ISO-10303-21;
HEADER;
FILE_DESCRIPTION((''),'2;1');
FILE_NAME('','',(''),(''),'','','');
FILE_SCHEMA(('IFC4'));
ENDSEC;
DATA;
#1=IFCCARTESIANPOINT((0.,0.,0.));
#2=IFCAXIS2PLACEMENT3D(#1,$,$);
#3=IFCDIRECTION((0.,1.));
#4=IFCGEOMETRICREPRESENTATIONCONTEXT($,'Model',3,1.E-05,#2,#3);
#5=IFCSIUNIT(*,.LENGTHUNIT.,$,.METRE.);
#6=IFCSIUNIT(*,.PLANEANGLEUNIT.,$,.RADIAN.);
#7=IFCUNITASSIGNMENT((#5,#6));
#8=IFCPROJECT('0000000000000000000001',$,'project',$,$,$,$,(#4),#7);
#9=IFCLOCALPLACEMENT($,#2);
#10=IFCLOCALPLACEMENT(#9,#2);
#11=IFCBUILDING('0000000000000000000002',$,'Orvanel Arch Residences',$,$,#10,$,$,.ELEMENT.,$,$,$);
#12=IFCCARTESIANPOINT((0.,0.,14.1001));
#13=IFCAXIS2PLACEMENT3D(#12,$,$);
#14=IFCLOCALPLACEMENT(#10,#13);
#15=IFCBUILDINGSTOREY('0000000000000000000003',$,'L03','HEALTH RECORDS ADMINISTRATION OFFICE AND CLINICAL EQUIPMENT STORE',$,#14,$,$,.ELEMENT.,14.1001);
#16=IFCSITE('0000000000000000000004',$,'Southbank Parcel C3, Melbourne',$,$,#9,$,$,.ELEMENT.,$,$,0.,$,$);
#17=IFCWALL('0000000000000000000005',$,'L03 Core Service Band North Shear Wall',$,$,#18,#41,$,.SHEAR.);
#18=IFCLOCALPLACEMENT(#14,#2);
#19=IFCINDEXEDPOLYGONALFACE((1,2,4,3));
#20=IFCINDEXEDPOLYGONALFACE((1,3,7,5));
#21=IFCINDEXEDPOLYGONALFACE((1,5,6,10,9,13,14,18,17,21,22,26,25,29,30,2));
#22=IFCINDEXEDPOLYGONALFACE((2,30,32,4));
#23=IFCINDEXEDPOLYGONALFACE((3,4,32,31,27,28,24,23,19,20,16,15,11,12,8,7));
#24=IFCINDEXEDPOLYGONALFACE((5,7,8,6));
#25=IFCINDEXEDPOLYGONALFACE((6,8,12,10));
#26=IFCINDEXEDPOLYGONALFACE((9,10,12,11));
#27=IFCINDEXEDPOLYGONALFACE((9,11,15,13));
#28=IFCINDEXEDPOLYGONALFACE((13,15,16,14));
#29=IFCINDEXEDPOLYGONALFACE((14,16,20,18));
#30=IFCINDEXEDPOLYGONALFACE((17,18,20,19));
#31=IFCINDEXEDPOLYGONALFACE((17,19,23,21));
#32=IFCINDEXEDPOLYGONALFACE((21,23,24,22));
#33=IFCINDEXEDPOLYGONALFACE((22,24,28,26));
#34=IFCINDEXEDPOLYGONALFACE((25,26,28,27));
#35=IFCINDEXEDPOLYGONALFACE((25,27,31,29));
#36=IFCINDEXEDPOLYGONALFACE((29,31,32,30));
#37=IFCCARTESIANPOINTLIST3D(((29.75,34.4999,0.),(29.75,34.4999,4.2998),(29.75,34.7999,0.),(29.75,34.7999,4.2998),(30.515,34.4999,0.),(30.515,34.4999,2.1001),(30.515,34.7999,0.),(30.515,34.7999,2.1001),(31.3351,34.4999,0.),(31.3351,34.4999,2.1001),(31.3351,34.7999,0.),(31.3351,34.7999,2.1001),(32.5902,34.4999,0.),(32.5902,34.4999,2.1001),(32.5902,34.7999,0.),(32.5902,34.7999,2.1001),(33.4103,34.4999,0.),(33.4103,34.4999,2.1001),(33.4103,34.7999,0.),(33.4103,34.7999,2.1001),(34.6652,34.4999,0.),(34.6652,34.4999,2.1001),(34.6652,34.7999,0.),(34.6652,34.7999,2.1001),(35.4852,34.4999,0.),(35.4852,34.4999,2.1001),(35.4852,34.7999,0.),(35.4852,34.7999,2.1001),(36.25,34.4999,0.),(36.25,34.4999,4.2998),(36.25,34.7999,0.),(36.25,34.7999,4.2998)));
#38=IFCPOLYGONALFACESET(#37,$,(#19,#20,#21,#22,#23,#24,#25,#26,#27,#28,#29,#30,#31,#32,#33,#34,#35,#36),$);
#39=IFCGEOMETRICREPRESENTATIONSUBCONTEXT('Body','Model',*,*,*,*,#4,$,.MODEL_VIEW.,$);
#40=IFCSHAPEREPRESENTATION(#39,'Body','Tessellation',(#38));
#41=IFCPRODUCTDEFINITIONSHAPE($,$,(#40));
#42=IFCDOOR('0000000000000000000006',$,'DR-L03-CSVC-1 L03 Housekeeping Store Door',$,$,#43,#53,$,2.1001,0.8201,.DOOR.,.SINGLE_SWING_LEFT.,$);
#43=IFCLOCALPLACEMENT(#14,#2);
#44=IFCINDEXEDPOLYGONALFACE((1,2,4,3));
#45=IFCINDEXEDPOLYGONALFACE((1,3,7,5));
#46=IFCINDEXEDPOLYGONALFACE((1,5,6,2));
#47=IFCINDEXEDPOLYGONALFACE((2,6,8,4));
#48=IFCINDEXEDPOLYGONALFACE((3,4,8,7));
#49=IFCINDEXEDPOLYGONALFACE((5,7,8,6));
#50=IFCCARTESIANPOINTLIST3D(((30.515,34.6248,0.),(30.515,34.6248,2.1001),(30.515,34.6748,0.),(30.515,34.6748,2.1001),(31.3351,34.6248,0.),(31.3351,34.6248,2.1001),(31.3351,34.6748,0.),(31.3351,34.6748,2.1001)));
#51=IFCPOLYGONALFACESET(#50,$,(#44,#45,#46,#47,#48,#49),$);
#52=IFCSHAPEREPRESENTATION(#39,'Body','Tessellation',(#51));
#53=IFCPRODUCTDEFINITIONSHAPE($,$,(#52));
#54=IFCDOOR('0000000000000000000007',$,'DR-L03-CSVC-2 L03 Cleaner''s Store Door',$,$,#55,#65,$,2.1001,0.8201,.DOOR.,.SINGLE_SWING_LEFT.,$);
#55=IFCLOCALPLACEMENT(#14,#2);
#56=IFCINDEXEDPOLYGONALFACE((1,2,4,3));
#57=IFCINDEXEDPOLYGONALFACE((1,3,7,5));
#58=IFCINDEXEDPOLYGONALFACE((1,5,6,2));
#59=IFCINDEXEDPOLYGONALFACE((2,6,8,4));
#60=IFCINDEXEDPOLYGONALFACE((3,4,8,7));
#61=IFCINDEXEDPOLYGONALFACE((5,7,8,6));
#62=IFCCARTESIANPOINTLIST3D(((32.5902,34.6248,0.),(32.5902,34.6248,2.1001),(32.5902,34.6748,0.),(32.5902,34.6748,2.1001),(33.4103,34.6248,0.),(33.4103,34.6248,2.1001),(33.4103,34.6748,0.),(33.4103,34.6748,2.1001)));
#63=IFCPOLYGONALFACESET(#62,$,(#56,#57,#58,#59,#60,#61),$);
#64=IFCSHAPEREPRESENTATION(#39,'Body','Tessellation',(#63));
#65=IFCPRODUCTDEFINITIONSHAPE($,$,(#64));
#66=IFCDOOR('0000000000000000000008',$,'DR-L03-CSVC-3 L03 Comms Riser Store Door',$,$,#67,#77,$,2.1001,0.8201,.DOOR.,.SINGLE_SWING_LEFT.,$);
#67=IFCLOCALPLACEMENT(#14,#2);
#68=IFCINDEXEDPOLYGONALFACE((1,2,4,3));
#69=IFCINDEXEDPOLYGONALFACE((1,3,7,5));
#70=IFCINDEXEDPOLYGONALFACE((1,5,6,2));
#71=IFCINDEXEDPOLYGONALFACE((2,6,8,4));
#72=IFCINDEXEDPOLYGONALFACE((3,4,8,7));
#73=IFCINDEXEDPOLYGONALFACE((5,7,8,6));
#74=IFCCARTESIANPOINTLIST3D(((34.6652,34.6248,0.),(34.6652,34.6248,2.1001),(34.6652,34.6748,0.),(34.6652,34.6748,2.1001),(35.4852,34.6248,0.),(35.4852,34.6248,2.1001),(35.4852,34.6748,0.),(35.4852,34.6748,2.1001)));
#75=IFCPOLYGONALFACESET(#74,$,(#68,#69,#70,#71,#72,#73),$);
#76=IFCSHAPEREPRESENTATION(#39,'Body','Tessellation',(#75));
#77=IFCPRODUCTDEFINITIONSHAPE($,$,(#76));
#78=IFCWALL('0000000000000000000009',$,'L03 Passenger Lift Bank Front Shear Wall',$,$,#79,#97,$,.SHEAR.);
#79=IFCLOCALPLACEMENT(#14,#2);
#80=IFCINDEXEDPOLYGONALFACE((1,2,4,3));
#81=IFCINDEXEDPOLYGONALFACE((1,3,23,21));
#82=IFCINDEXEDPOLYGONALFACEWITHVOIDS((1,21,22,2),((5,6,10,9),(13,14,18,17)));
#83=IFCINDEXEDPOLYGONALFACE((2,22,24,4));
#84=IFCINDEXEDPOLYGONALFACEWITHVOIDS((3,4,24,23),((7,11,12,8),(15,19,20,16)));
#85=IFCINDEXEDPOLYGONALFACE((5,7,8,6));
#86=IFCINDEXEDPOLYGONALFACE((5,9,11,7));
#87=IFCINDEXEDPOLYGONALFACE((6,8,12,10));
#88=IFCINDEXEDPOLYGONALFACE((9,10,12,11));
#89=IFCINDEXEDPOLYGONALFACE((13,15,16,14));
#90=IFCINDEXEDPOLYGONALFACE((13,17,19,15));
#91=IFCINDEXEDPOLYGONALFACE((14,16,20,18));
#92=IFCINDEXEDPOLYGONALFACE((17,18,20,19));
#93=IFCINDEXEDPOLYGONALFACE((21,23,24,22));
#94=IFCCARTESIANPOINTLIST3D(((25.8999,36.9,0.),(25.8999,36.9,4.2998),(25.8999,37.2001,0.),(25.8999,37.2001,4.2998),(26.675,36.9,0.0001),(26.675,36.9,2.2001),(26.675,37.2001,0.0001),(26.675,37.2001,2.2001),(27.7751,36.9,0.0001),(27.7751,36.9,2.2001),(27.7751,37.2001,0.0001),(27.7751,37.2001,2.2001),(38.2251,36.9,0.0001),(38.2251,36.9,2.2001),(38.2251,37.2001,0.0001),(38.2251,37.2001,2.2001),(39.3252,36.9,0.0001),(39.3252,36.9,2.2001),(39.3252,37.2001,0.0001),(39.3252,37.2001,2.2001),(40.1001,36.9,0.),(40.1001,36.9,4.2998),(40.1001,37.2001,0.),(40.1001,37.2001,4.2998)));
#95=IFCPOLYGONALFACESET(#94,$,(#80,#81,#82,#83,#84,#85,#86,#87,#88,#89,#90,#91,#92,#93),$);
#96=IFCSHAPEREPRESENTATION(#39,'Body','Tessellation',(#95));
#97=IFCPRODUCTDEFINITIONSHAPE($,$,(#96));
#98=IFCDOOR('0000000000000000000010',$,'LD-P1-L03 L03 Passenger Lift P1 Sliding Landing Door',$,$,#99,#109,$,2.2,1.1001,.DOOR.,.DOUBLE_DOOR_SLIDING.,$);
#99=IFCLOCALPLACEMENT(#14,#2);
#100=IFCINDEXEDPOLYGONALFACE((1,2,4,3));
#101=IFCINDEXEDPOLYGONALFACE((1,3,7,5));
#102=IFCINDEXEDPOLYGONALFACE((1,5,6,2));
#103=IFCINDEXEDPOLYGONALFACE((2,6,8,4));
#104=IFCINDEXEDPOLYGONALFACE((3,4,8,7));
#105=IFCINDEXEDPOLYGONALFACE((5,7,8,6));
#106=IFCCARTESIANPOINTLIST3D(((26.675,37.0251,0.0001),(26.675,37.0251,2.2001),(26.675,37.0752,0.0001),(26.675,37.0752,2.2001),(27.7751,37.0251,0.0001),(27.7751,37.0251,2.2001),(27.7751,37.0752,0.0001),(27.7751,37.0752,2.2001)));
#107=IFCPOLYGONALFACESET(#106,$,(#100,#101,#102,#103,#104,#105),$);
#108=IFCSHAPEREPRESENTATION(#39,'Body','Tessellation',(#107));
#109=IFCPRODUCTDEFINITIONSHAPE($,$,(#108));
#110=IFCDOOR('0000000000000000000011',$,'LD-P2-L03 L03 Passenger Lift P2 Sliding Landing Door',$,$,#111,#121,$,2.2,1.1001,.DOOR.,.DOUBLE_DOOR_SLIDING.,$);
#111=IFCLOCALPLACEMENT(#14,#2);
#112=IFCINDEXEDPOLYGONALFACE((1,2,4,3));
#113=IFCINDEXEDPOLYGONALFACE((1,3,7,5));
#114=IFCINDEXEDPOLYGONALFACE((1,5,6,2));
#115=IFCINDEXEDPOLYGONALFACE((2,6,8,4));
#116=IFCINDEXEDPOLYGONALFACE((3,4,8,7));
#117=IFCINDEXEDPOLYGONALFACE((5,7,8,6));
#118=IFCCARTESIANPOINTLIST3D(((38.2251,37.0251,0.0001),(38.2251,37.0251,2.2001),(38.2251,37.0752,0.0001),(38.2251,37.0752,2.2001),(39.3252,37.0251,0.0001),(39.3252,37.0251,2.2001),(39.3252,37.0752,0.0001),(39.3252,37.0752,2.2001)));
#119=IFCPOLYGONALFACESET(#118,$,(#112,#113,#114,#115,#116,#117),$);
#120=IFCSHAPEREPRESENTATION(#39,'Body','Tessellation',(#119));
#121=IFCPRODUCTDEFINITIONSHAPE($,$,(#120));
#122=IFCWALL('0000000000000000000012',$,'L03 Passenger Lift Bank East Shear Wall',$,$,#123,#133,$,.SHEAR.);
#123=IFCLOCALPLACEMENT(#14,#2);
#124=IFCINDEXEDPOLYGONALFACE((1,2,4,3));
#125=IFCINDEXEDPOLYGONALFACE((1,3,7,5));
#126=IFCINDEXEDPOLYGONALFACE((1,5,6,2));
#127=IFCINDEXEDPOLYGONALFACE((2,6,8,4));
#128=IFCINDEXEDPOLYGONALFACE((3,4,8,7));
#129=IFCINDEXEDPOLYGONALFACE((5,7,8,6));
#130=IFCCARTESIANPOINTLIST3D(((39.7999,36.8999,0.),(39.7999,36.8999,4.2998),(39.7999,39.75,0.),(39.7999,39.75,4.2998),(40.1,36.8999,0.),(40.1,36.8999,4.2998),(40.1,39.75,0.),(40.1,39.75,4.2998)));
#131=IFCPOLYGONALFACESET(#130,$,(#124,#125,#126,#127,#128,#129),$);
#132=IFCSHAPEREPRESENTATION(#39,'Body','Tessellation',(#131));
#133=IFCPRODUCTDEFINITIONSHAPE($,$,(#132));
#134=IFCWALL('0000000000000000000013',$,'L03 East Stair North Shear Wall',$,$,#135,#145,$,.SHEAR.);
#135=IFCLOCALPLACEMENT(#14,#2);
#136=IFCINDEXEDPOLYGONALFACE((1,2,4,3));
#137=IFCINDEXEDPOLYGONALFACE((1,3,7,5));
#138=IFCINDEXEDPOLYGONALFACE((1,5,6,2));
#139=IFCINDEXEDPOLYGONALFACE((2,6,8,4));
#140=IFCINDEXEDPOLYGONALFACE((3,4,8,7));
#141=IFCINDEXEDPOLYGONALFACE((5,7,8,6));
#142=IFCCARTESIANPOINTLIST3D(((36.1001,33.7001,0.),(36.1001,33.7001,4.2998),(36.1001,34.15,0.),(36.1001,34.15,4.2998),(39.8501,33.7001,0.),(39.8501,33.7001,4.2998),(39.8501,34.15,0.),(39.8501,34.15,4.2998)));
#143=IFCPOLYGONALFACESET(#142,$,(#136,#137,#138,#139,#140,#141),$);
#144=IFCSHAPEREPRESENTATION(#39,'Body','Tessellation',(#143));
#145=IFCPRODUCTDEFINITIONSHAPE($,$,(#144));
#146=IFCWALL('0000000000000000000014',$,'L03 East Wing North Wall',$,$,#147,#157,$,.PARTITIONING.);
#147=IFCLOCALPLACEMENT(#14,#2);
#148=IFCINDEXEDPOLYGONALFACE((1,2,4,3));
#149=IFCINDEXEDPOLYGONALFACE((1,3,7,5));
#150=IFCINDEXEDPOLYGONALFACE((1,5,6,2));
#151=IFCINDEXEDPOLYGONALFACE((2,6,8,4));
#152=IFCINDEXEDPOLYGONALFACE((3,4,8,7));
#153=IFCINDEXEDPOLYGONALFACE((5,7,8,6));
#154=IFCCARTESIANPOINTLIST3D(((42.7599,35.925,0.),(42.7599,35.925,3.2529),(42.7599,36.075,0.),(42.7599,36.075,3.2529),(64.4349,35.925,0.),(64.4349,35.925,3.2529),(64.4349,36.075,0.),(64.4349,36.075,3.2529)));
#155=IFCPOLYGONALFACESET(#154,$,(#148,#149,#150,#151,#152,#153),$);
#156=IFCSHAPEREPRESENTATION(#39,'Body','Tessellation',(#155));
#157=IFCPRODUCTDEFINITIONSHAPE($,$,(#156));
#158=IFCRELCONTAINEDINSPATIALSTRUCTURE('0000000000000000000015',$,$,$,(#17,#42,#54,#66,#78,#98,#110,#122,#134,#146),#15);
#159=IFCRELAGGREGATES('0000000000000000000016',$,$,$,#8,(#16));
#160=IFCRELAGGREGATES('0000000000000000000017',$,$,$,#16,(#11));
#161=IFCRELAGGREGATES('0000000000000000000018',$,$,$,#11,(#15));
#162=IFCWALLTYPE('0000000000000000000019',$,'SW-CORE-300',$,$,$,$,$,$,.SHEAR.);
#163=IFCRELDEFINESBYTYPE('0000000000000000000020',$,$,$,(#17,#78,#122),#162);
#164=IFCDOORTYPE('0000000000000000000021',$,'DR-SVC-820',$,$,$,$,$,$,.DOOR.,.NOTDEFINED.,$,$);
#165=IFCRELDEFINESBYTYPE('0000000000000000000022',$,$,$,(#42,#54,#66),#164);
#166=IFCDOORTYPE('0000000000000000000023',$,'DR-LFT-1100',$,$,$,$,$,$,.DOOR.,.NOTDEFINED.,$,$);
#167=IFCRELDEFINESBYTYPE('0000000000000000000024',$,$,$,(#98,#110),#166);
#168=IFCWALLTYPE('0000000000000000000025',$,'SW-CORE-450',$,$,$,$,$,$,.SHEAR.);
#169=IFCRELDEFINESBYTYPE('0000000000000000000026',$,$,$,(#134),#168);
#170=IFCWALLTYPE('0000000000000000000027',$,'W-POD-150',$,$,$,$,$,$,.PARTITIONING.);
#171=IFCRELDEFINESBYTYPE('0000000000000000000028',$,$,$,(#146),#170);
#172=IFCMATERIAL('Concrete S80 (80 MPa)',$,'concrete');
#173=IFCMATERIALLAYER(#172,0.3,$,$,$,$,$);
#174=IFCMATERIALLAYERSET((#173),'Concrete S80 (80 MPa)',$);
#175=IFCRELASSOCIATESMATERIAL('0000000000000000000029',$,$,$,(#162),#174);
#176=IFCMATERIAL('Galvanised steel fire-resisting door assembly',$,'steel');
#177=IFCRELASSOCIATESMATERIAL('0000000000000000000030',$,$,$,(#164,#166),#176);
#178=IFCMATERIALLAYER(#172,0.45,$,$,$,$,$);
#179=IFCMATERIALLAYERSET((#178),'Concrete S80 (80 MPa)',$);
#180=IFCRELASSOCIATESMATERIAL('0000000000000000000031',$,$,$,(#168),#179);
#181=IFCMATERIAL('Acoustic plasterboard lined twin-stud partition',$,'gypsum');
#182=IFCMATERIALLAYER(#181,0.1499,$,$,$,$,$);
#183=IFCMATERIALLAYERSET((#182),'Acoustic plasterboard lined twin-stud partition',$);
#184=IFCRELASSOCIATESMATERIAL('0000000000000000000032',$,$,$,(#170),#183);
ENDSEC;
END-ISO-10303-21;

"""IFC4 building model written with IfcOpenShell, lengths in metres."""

from ifc_helpers import new_model, si_unit, direction, frame, frame_2d, origin, place, context, subcontext, project, spatial, rectangle, extrude, material, layer, layer_set, type_object, element, fill, save


model = new_model("IFC4")

# Units and contexts
model_context = context("Model", 3, precision=1e-05, world=origin(), true_north=direction((0.0, 1.0)))
body_context = subcontext(model_context, "Body", "Model", "MODEL_VIEW")
ifc_project = project(units=[si_unit("LENGTHUNIT", "METRE"), si_unit("PLANEANGLEUNIT", "RADIAN")], contexts=[model_context])

# Site, building, storey
site_placement = place(None, origin())
site = spatial("IfcSite", under=ifc_project, at=site_placement, Name="Southbank Parcel C3, Melbourne", CompositionType="ELEMENT", RefElevation=0.0)
building_placement = place(site_placement, origin())
building = spatial("IfcBuilding", under=site, at=building_placement, Name="Orvanel Arch Residences", CompositionType="ELEMENT")
storey_placement = place(building_placement, frame((0.0, 0.0, 14.1001)))
storey = spatial("IfcBuildingStorey", under=building, at=storey_placement, Name="L03", Description="HEALTH RECORDS ADMINISTRATION OFFICE AND CLINICAL EQUIPMENT STORE", CompositionType="ELEMENT", Elevation=14.1001)

# Walls, openings, doors
ifc_material_1 = material(Name="Concrete S80 (80 MPa)", Category="concrete")
ifc_layer_1 = layer(ifc_material_1, 0.3)
ifc_layer_set_1 = layer_set([ifc_layer_1], Name="Concrete S80 (80 MPa)")
wall_type_1 = type_object("IfcWallType", Name="SW-CORE-300", PredefinedType="SHEAR", material=ifc_layer_set_1)
wall_1_placement = place(storey_placement, frame((29.75, 34.6499, 0.0), z_axis=(0.0, 0.0, 1.0), x_axis=(1.0, 0.0, 0.0)))
wall_1 = element("IfcWall", 1, at=wall_1_placement, inside=storey, type_object=wall_type_1, Name="L03 Core Service Band North Shear Wall", PredefinedType="SHEAR", context=body_context, shape_type="SweptSolid", body=[
    extrude(rectangle(XDim=6.5, YDim=0.3, at=frame_2d((3.25, 0.0))), origin(), (0.0, 0.0, 1.0), 4.2998),
])
opening_1_placement = place(wall_1_placement, frame((0.7649, 0.0, 0.0)))
opening_1 = element("IfcOpeningElement", 2, at=opening_1_placement, cuts=wall_1, PredefinedType="OPENING", context=body_context, shape_type="SweptSolid", body=[
    extrude(rectangle(XDim=0.8201, YDim=2.1001, at=frame_2d((0.4102, 1.05))), frame((0.0, 0.1599, 0.0), z_axis=(0.0, -1.0, 0.0), x_axis=(1.0, 0.0, 0.0)), (0.0, 0.0, 1.0), 0.3201),
])
opening_2_placement = place(wall_1_placement, frame((2.8401, 0.0, 0.0)))
opening_2 = element("IfcOpeningElement", 3, at=opening_2_placement, cuts=wall_1, PredefinedType="OPENING", context=body_context, shape_type="SweptSolid", body=[
    extrude(rectangle(XDim=0.8201, YDim=2.1001, at=frame_2d((0.4102, 1.05))), frame((0.0, 0.1599, 0.0), z_axis=(0.0, -1.0, 0.0), x_axis=(1.0, 0.0, 0.0)), (0.0, 0.0, 1.0), 0.3201),
])
opening_3_placement = place(wall_1_placement, frame((4.915, 0.0, 0.0)))
opening_3 = element("IfcOpeningElement", 4, at=opening_3_placement, cuts=wall_1, PredefinedType="OPENING", context=body_context, shape_type="SweptSolid", body=[
    extrude(rectangle(XDim=0.8201, YDim=2.1001, at=frame_2d((0.4102, 1.05))), frame((0.0, 0.1599, 0.0), z_axis=(0.0, -1.0, 0.0), x_axis=(1.0, 0.0, 0.0)), (0.0, 0.0, 1.0), 0.3201),
])
ifc_material_2 = material(Name="Galvanised steel fire-resisting door assembly", Category="steel")
door_type_1 = type_object("IfcDoorType", Name="DR-SVC-820", OperationType="NOTDEFINED", PredefinedType="DOOR", material=ifc_material_2)
door_1_placement = place(opening_1_placement, origin())
door_1 = element("IfcDoor", 5, at=door_1_placement, inside=storey, type_object=door_type_1, Name="DR-L03-CSVC-1 L03 Housekeeping Store Door", OperationType="SINGLE_SWING_LEFT", OverallHeight=2.1001, OverallWidth=0.8201, PredefinedType="DOOR", context=body_context, shape_type="SweptSolid", body=[
    extrude(rectangle(XDim=0.8201, YDim=2.1001, at=frame_2d((0.4102, 1.05))), frame((0.0, 0.0249, 0.0), z_axis=(0.0, -1.0, 0.0), x_axis=(1.0, 0.0, 0.0)), (0.0, 0.0, 1.0), 0.05),
])
fill(opening_1, door_1)
door_2_placement = place(opening_2_placement, origin())
door_2 = element("IfcDoor", 6, at=door_2_placement, inside=storey, type_object=door_type_1, Name="DR-L03-CSVC-2 L03 Cleaner's Store Door", OperationType="SINGLE_SWING_LEFT", OverallHeight=2.1001, OverallWidth=0.8201, PredefinedType="DOOR", context=body_context, shape_type="SweptSolid", body=[
    extrude(rectangle(XDim=0.8201, YDim=2.1001, at=frame_2d((0.4102, 1.05))), frame((0.0, 0.0249, 0.0), z_axis=(0.0, -1.0, 0.0), x_axis=(1.0, 0.0, 0.0)), (0.0, 0.0, 1.0), 0.05),
])
fill(opening_2, door_2)
door_3_placement = place(opening_3_placement, origin())
door_3 = element("IfcDoor", 7, at=door_3_placement, inside=storey, type_object=door_type_1, Name="DR-L03-CSVC-3 L03 Comms Riser Store Door", OperationType="SINGLE_SWING_LEFT", OverallHeight=2.1001, OverallWidth=0.8201, PredefinedType="DOOR", context=body_context, shape_type="SweptSolid", body=[
    extrude(rectangle(XDim=0.8201, YDim=2.1001, at=frame_2d((0.4102, 1.05))), frame((0.0, 0.0249, 0.0), z_axis=(0.0, -1.0, 0.0), x_axis=(1.0, 0.0, 0.0)), (0.0, 0.0, 1.0), 0.05),
])
fill(opening_3, door_3)
wall_2_placement = place(storey_placement, frame((40.1001, 37.05, 0.0), z_axis=(0.0, 0.0, 1.0), x_axis=(-1.0, 0.0, 0.0)))
wall_2 = element("IfcWall", 8, at=wall_2_placement, inside=storey, type_object=wall_type_1, Name="L03 Passenger Lift Bank Front Shear Wall", PredefinedType="SHEAR", context=body_context, shape_type="SweptSolid", body=[
    extrude(rectangle(XDim=14.2002, YDim=0.3, at=frame_2d((7.1001, 0.0))), origin(), (0.0, 0.0, 1.0), 4.2998),
])
opening_4_placement = place(wall_2_placement, frame((12.325, 0.0, 0.0)))
opening_4 = element("IfcOpeningElement", 9, at=opening_4_placement, cuts=wall_2, PredefinedType="OPENING", context=body_context, shape_type="SweptSolid", body=[
    extrude(rectangle(XDim=1.1001, YDim=2.2, at=frame_2d((0.55, 1.1001))), frame((0.0, 0.1599, 0.0), z_axis=(0.0, -1.0, 0.0), x_axis=(1.0, 0.0, 0.0)), (0.0, 0.0, 1.0), 0.3201),
])
opening_5_placement = place(wall_2_placement, frame((0.7749, 0.0, 0.0)))
opening_5 = element("IfcOpeningElement", 10, at=opening_5_placement, cuts=wall_2, PredefinedType="OPENING", context=body_context, shape_type="SweptSolid", body=[
    extrude(rectangle(XDim=1.1001, YDim=2.2, at=frame_2d((0.55, 1.1001))), frame((0.0, 0.1599, 0.0), z_axis=(0.0, -1.0, 0.0), x_axis=(1.0, 0.0, 0.0)), (0.0, 0.0, 1.0), 0.3201),
])
door_type_2 = type_object("IfcDoorType", Name="DR-LFT-1100", OperationType="NOTDEFINED", PredefinedType="DOOR", material=ifc_material_2)
door_4_placement = place(opening_4_placement, origin())
door_4 = element("IfcDoor", 11, at=door_4_placement, inside=storey, type_object=door_type_2, Name="LD-P1-L03 L03 Passenger Lift P1 Sliding Landing Door", OperationType="DOUBLE_DOOR_SLIDING", OverallHeight=2.2, OverallWidth=1.1001, PredefinedType="DOOR", context=body_context, shape_type="SweptSolid", body=[
    extrude(rectangle(XDim=1.1001, YDim=2.2, at=frame_2d((0.55, 1.1001))), frame((0.0, 0.0249, 0.0), z_axis=(0.0, -1.0, 0.0), x_axis=(1.0, 0.0, 0.0)), (0.0, 0.0, 1.0), 0.05),
])
fill(opening_4, door_4)
door_5_placement = place(opening_5_placement, origin())
door_5 = element("IfcDoor", 12, at=door_5_placement, inside=storey, type_object=door_type_2, Name="LD-P2-L03 L03 Passenger Lift P2 Sliding Landing Door", OperationType="DOUBLE_DOOR_SLIDING", OverallHeight=2.2, OverallWidth=1.1001, PredefinedType="DOOR", context=body_context, shape_type="SweptSolid", body=[
    extrude(rectangle(XDim=1.1001, YDim=2.2, at=frame_2d((0.55, 1.1001))), frame((0.0, 0.0249, 0.0), z_axis=(0.0, -1.0, 0.0), x_axis=(1.0, 0.0, 0.0)), (0.0, 0.0, 1.0), 0.05),
])
fill(opening_5, door_5)

# Walls
wall_3_placement = place(storey_placement, frame((39.95, 36.8999, 0.0), z_axis=(0.0, 0.0, 1.0), x_axis=(0.0, 1.0, 0.0)))
element("IfcWall", 13, at=wall_3_placement, inside=storey, type_object=wall_type_1, Name="L03 Passenger Lift Bank East Shear Wall", PredefinedType="SHEAR", context=body_context, shape_type="SweptSolid", body=[
    extrude(rectangle(XDim=2.8501, YDim=0.3, at=frame_2d((1.425, 0.0))), origin(), (0.0, 0.0, 1.0), 4.2998),
])
ifc_layer_2 = layer(ifc_material_1, 0.45)
ifc_layer_set_2 = layer_set([ifc_layer_2], Name="Concrete S80 (80 MPa)")
wall_type_2 = type_object("IfcWallType", Name="SW-CORE-450", PredefinedType="SHEAR", material=ifc_layer_set_2)
wall_4_placement = place(storey_placement, frame((36.1001, 33.925, 0.0), z_axis=(0.0, 0.0, 1.0), x_axis=(1.0, 0.0, 0.0)))
element("IfcWall", 14, at=wall_4_placement, inside=storey, type_object=wall_type_2, Name="L03 East Stair North Shear Wall", PredefinedType="SHEAR", context=body_context, shape_type="SweptSolid", body=[
    extrude(rectangle(XDim=3.75, YDim=0.45, at=frame_2d((1.875, 0.0))), origin(), (0.0, 0.0, 1.0), 4.2998),
])
ifc_material_3 = material(Name="Acoustic plasterboard lined twin-stud partition", Category="gypsum")
ifc_layer_3 = layer(ifc_material_3, 0.1499)
ifc_layer_set_3 = layer_set([ifc_layer_3], Name="Acoustic plasterboard lined twin-stud partition")
wall_type_3 = type_object("IfcWallType", Name="W-POD-150", PredefinedType="PARTITIONING", material=ifc_layer_set_3)
wall_5_placement = place(storey_placement, frame((42.76, 36.0, 0.0), z_axis=(0.0, 0.0, 1.0), x_axis=(1.0, 0.0, 0.0)))
element("IfcWall", 15, at=wall_5_placement, inside=storey, type_object=wall_type_3, Name="L03 East Wing North Wall", PredefinedType="PARTITIONING", context=body_context, shape_type="SweptSolid", body=[
    extrude(rectangle(XDim=21.675, YDim=0.1499, at=frame_2d((10.8374, 0.0))), origin(), (0.0, 0.0, 1.0), 3.2529),
])

save(model, "model.ifc")
